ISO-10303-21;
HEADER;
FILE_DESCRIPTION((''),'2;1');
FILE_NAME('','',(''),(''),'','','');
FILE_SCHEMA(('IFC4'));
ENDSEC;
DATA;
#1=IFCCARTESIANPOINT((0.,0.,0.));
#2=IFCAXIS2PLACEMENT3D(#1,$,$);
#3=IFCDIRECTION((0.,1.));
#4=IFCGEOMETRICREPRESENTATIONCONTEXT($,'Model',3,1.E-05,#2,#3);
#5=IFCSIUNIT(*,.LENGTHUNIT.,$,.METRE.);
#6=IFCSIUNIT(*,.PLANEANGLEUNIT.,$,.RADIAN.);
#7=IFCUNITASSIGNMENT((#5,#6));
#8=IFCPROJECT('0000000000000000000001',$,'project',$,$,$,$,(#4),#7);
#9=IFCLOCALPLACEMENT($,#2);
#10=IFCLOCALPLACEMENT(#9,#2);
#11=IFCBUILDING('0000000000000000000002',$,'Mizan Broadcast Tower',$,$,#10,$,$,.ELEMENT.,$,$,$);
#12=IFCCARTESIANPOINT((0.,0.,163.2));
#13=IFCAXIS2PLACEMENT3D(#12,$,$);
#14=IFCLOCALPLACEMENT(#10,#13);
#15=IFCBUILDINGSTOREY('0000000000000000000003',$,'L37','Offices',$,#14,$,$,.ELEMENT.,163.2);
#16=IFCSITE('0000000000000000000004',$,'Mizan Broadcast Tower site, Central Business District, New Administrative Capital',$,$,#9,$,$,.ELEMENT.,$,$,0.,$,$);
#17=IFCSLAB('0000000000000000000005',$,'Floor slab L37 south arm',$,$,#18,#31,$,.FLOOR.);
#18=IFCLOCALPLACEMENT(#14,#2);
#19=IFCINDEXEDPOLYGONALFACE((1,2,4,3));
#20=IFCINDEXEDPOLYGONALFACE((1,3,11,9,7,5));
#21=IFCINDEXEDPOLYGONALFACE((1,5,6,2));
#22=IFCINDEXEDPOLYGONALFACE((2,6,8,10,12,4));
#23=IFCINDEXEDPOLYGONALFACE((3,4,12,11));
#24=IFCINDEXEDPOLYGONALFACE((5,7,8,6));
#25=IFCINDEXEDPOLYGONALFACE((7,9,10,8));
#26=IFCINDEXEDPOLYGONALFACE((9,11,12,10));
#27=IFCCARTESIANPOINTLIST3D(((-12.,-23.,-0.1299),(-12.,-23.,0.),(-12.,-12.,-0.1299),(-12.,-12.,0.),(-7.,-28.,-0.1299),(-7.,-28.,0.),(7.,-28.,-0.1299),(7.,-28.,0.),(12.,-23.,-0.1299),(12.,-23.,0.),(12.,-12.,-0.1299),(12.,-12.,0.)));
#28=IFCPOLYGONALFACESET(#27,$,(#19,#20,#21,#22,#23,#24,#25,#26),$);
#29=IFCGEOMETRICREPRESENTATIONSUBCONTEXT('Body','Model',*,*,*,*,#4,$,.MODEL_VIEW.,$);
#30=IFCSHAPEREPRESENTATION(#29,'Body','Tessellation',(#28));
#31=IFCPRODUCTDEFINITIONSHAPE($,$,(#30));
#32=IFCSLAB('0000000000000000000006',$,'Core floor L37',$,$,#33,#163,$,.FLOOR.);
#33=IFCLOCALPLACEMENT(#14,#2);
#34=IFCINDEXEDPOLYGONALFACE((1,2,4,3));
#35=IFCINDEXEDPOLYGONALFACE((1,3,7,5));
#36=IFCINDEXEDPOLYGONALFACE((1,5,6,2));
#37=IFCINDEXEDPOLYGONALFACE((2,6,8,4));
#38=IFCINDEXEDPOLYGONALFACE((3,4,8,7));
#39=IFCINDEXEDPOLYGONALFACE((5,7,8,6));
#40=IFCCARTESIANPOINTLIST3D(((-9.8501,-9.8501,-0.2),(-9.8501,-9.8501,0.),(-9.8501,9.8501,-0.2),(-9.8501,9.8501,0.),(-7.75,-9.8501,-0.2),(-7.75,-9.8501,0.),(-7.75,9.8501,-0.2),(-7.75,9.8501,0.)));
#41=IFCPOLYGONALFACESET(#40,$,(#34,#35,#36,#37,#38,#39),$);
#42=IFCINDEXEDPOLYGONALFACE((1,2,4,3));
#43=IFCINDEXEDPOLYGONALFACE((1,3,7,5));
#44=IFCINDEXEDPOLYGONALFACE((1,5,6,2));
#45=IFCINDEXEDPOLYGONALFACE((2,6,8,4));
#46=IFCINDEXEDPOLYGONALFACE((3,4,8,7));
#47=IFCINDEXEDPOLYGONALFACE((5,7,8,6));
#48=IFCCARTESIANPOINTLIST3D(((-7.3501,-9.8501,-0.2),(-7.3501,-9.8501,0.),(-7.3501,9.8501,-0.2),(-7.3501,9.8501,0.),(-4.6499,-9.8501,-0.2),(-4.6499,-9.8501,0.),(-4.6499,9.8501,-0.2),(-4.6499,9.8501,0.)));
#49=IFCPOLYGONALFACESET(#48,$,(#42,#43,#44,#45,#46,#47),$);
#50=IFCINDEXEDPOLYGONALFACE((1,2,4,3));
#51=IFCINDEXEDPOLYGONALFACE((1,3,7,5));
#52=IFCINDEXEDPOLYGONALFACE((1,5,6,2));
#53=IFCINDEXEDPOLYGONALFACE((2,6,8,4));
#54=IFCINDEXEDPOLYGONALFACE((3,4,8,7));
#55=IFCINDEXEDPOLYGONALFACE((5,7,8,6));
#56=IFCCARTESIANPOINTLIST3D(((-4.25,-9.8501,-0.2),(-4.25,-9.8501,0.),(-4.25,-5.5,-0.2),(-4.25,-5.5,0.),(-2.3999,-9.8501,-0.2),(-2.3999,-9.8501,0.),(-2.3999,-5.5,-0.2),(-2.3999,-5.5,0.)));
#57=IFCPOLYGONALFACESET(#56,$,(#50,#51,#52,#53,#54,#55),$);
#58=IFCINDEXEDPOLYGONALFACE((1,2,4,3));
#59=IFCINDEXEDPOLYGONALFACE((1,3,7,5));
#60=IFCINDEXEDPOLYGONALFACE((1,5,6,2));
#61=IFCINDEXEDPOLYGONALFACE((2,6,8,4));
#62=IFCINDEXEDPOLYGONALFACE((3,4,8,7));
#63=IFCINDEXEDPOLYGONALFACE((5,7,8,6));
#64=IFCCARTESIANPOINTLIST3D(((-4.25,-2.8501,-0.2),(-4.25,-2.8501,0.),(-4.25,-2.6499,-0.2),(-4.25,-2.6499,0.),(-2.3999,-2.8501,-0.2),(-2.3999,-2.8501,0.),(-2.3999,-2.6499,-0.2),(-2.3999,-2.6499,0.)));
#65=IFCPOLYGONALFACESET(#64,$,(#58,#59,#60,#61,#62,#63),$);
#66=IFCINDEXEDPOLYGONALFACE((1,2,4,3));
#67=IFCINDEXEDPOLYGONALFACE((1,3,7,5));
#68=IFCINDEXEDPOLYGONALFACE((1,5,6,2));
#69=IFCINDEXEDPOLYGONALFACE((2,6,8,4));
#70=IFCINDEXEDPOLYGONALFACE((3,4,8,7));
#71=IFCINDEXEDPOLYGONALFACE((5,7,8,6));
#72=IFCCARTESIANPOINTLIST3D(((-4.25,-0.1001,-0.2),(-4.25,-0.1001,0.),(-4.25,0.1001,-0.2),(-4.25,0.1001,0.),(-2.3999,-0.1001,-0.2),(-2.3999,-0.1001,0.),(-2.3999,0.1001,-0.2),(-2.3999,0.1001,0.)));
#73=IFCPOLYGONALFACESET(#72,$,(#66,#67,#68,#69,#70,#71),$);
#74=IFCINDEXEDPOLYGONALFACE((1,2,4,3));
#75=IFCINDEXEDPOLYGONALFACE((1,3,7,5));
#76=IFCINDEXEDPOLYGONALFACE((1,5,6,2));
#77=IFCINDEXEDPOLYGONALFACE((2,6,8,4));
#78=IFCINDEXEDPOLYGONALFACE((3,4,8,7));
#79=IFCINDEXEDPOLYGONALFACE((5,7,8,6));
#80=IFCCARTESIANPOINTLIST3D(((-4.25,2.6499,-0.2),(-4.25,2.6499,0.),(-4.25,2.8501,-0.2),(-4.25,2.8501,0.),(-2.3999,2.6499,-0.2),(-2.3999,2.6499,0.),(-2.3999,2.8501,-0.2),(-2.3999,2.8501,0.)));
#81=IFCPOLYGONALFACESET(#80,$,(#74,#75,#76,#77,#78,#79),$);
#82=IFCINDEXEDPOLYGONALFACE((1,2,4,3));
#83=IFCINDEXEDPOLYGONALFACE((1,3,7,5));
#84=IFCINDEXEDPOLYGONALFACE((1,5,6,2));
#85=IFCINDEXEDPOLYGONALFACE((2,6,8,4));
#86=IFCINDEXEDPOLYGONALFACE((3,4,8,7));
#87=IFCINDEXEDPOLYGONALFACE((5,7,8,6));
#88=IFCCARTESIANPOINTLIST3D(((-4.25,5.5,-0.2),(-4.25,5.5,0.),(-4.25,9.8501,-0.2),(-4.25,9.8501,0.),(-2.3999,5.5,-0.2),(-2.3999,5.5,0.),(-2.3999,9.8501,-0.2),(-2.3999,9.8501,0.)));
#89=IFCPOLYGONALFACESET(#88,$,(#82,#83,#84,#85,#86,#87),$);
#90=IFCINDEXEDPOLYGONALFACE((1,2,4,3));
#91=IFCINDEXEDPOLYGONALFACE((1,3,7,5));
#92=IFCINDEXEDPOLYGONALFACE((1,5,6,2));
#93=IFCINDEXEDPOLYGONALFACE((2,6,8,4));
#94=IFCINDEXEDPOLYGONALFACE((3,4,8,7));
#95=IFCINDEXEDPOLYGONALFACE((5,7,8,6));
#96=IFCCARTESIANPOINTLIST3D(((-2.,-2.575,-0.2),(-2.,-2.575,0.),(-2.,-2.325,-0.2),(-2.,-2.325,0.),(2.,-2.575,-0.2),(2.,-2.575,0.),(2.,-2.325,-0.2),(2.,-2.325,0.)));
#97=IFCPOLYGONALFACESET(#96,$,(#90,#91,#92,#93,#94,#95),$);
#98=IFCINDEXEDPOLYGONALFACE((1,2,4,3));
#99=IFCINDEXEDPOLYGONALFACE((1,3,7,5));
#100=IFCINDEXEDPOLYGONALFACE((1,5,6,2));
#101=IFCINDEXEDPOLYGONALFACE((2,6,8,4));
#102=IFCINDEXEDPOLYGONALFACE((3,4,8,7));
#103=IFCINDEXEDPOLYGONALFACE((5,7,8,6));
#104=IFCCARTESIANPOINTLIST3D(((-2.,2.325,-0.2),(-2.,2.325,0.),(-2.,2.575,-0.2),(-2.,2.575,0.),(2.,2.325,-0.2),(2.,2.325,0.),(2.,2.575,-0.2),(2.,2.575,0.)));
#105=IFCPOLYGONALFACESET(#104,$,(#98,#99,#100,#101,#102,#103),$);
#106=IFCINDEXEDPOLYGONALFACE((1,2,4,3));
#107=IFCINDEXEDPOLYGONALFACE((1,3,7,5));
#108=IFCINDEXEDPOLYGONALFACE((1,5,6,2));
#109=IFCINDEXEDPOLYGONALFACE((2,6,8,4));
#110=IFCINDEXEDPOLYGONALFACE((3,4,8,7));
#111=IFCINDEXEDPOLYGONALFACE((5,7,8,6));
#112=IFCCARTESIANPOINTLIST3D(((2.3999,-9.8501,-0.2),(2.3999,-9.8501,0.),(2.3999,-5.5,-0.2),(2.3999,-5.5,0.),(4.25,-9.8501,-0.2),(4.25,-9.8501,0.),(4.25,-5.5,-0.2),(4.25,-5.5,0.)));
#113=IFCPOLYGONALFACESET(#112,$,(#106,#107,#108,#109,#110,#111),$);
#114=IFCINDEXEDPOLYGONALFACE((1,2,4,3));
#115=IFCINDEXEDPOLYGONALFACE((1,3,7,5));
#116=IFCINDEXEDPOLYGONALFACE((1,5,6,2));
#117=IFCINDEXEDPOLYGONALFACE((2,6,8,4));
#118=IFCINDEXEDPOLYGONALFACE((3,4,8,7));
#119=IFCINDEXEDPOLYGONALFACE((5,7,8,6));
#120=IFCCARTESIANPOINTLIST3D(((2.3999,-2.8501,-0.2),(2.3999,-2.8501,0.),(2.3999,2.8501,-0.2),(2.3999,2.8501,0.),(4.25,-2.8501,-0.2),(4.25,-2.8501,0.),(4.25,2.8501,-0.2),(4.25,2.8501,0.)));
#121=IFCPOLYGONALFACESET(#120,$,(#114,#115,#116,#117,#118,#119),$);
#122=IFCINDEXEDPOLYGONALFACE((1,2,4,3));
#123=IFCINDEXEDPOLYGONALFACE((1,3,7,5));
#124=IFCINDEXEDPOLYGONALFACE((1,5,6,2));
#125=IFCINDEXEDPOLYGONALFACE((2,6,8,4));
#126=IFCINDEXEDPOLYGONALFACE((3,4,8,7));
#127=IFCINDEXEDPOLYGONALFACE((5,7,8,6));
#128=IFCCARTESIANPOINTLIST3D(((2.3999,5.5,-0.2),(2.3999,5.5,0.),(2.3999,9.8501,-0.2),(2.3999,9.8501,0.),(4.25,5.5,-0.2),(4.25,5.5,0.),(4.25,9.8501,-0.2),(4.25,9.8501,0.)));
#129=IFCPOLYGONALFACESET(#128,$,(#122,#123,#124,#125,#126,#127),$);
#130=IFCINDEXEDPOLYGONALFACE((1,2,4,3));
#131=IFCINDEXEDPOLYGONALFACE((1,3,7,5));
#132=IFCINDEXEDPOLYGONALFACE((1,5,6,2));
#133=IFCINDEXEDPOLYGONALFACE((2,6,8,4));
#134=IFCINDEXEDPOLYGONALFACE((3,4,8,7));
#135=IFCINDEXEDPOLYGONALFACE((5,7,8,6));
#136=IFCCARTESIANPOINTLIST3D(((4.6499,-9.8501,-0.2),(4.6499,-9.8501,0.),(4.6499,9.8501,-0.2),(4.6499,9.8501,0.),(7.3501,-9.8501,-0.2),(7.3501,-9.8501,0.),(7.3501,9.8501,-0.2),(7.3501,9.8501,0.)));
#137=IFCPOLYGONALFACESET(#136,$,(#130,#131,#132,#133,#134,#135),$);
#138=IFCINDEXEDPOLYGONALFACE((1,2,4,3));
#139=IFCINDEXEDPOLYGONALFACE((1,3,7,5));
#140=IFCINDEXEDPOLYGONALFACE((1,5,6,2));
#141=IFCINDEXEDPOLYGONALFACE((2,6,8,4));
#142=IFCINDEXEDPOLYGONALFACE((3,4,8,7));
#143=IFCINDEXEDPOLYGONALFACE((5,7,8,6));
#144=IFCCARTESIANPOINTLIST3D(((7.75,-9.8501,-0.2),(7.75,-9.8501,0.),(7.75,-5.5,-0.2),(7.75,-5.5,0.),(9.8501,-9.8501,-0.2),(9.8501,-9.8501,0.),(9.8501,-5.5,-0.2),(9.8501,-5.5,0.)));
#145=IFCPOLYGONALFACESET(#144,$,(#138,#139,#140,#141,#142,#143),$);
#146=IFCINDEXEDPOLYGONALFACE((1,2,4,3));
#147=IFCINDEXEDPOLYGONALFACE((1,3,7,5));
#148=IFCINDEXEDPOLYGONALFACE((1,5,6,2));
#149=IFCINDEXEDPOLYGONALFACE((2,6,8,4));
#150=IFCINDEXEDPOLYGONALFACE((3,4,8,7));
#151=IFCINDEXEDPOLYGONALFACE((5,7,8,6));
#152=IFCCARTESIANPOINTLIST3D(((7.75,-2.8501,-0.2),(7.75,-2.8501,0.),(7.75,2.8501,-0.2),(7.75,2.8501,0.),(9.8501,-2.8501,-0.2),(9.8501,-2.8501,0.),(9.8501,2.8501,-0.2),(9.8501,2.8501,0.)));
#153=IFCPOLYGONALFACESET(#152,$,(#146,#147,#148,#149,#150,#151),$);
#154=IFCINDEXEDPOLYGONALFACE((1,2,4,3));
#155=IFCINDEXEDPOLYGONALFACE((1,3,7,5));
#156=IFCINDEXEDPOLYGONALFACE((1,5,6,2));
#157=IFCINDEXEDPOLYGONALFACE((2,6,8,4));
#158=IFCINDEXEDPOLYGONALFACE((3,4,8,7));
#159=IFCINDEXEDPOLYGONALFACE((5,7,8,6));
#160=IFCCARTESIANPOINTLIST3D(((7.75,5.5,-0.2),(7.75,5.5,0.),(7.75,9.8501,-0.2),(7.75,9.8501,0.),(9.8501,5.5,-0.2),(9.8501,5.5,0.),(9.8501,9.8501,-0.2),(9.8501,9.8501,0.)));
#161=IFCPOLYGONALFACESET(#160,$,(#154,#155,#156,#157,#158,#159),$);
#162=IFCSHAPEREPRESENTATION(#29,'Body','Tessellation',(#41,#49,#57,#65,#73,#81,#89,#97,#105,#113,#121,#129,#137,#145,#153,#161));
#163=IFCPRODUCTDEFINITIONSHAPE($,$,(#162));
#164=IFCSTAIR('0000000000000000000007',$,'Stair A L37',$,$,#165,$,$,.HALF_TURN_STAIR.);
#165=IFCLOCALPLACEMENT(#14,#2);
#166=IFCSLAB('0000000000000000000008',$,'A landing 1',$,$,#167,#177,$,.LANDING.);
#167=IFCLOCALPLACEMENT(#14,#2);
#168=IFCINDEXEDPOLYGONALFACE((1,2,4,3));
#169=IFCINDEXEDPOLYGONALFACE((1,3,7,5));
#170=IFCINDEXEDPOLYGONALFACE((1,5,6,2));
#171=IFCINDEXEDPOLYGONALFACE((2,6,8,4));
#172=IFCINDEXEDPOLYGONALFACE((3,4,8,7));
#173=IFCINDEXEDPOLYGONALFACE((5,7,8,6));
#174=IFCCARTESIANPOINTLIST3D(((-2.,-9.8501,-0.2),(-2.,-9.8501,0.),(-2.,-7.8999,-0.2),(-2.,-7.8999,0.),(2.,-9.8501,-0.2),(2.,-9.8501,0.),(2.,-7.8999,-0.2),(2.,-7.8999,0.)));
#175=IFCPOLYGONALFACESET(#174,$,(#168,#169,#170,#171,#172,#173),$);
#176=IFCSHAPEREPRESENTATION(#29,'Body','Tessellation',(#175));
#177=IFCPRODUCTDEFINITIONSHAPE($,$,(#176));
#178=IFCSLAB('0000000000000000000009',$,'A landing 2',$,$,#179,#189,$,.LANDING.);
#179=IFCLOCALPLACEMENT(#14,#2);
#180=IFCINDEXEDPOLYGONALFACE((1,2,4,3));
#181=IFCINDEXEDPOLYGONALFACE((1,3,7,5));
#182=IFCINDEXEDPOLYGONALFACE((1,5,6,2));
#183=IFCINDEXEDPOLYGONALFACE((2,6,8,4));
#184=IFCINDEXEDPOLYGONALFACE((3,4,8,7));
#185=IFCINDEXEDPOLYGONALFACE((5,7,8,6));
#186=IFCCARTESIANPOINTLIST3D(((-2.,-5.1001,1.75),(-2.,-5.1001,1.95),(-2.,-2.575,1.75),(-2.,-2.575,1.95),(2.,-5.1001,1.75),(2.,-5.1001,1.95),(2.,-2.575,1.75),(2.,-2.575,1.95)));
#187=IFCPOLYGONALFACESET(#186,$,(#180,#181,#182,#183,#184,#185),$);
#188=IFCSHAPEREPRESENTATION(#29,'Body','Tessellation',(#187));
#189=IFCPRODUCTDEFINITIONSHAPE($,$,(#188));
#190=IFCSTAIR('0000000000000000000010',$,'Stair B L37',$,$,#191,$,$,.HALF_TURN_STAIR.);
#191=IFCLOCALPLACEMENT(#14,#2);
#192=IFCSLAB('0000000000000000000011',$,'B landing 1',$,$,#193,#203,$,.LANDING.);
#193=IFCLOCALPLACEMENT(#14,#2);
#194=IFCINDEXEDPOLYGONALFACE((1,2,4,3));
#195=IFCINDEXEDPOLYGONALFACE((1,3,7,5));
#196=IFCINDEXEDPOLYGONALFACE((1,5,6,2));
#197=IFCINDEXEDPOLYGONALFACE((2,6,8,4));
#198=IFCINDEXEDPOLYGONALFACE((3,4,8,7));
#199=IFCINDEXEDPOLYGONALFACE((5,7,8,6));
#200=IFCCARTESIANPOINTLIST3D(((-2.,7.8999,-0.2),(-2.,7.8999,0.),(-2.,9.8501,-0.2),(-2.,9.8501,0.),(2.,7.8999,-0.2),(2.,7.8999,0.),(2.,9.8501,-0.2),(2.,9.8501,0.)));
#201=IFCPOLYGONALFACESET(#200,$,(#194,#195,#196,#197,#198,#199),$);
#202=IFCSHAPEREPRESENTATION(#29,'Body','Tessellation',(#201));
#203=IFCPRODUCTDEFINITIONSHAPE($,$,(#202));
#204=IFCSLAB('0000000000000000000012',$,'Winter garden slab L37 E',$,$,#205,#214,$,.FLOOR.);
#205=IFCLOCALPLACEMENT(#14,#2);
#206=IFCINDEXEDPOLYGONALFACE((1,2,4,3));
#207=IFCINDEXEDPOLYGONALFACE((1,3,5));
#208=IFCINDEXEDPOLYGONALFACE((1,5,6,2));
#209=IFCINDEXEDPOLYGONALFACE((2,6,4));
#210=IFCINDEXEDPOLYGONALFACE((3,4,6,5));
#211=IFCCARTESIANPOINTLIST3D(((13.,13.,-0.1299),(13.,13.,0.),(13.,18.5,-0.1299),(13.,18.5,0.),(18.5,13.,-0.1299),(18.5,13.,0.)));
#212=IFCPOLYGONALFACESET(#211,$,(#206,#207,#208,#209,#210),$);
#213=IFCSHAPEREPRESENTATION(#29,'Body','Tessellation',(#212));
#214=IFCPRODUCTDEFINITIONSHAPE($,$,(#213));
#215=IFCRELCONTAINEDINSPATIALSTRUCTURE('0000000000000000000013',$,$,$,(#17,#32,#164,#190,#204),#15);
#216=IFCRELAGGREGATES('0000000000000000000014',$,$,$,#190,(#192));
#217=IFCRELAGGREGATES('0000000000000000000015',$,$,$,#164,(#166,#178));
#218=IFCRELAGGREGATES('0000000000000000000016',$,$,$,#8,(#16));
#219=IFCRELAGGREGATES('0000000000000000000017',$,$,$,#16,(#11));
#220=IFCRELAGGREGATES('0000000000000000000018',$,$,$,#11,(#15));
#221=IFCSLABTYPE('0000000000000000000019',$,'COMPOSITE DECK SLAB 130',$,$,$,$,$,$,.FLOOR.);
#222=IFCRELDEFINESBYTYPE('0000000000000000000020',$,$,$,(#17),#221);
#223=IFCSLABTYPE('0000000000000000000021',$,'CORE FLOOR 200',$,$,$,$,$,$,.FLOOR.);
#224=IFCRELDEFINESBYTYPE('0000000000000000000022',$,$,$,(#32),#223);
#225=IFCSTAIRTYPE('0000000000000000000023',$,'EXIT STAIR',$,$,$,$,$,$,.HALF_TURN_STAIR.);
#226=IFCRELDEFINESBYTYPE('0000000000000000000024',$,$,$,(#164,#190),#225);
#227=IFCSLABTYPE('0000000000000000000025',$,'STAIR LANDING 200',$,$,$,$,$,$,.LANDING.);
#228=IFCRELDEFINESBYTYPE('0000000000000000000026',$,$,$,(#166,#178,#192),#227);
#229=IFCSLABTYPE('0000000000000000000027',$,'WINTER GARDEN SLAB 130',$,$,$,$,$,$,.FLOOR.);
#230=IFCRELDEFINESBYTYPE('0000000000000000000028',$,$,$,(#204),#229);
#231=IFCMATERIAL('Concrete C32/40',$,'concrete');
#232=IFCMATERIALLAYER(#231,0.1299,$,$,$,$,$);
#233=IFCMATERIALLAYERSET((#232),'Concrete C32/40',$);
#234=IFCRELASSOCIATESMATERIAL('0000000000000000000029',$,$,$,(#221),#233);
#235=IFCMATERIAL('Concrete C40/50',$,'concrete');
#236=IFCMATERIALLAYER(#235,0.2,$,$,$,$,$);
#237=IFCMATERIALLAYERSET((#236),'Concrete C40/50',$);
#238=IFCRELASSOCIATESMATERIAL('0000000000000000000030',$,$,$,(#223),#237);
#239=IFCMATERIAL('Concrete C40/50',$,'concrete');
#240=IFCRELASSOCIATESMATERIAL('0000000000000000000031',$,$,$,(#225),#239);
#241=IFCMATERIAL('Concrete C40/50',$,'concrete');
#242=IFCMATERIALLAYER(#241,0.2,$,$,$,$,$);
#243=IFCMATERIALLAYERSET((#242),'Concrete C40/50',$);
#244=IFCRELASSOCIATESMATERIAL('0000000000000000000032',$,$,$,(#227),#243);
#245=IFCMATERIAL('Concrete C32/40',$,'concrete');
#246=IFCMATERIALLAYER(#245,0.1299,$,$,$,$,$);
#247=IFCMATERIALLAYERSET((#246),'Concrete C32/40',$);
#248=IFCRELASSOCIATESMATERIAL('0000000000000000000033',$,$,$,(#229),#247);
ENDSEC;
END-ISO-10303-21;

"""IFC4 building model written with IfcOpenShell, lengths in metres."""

from ifc_helpers import new_model, si_unit, direction, frame, origin, place, context, subcontext, project, spatial, polyline, outline, extrude, material, layer, layer_set, type_object, element, aggregate, save


model = new_model("IFC4")

# Units and contexts
model_context = context("Model", 3, precision=1e-05, world=origin(), true_north=direction((0.0, 1.0)))
body_context = subcontext(model_context, "Body", "Model", "MODEL_VIEW")
ifc_project = project(units=[si_unit("LENGTHUNIT", "METRE"), si_unit("PLANEANGLEUNIT", "RADIAN")], contexts=[model_context])

# Site, building, storey
site_placement = place(None, origin())
site = spatial("IfcSite", under=ifc_project, at=site_placement, Name="Mizan Broadcast Tower site, Central Business District, New Administrative Capital", CompositionType="ELEMENT", RefElevation=0.0)
building_placement = place(site_placement, origin())
building = spatial("IfcBuilding", under=site, at=building_placement, Name="Mizan Broadcast Tower", CompositionType="ELEMENT")
storey_placement = place(building_placement, frame((0.0, 0.0, 163.2)))
storey = spatial("IfcBuildingStorey", under=building, at=storey_placement, Name="L37", Description="Offices", CompositionType="ELEMENT", Elevation=163.2)

# Slabs
ifc_material_1 = material(Name="Concrete C32/40", Category="concrete")
ifc_layer_1 = layer(ifc_material_1, 0.1299)
ifc_layer_set_1 = layer_set([ifc_layer_1], Name="Concrete C32/40")
slab_type_1 = type_object("IfcSlabType", Name="COMPOSITE DECK SLAB 130", PredefinedType="FLOOR", material=ifc_layer_set_1)
slab_1_placement = place(storey_placement, frame((0.0, 0.0, -0.1299)))
element("IfcSlab", 1, at=slab_1_placement, inside=storey, type_object=slab_type_1, Name="Floor slab L37 south arm", PredefinedType="FLOOR", context=body_context, shape_type="SweptSolid", body=[
    extrude(outline(polyline([(7.0, -28.0), (12.0, -23.0), (12.0, -12.0), (-12.0, -12.0), (-12.0, -23.0), (-7.0, -28.0), (7.0, -28.0)])), origin(), (0.0, 0.0, 1.0), 0.1299),
])
ifc_material_2 = material(Name="Concrete C40/50", Category="concrete")
ifc_layer_2 = layer(ifc_material_2, 0.2)
ifc_layer_set_2 = layer_set([ifc_layer_2], Name="Concrete C40/50")
slab_type_2 = type_object("IfcSlabType", Name="CORE FLOOR 200", PredefinedType="FLOOR", material=ifc_layer_set_2)
slab_2_placement = place(storey_placement, frame((0.0, 0.0, -0.2)))
element("IfcSlab", 2, at=slab_2_placement, inside=storey, type_object=slab_type_2, Name="Core floor L37", PredefinedType="FLOOR", context=body_context, shape_type="SweptSolid", body=[
    extrude(outline(polyline([(-9.8501, -9.8501), (-7.75, -9.8501), (-7.75, 9.8501), (-9.8501, 9.8501), (-9.8501, -9.8501)])), origin(), (0.0, 0.0, 1.0), 0.2),
    extrude(outline(polyline([(-4.6499, 9.8501), (-7.3501, 9.8501), (-7.3501, -9.8501), (-4.6499, -9.8501), (-4.6499, 9.8501)])), origin(), (0.0, 0.0, 1.0), 0.2),
    extrude(outline(polyline([(-4.25, -5.5), (-4.25, -9.8501), (-2.3999, -9.8501), (-2.3999, -5.5), (-4.25, -5.5)])), origin(), (0.0, 0.0, 1.0), 0.2),
    extrude(outline(polyline([(-4.25, -2.8501), (-2.3999, -2.8501), (-2.3999, -2.6499), (-4.25, -2.6499), (-4.25, -2.8501)])), origin(), (0.0, 0.0, 1.0), 0.2),
    extrude(outline(polyline([(-4.25, -0.1001), (-2.3999, -0.1001), (-2.3999, 0.1001), (-4.25, 0.1001), (-4.25, -0.1001)])), origin(), (0.0, 0.0, 1.0), 0.2),
    extrude(outline(polyline([(-4.25, 2.6499), (-2.3999, 2.6499), (-2.3999, 2.8501), (-4.25, 2.8501), (-4.25, 2.6499)])), origin(), (0.0, 0.0, 1.0), 0.2),
    extrude(outline(polyline([(-4.25, 5.5), (-2.3999, 5.5), (-2.3999, 9.8501), (-4.25, 9.8501), (-4.25, 5.5)])), origin(), (0.0, 0.0, 1.0), 0.2),
    extrude(outline(polyline([(2.0, -2.325), (-2.0, -2.325), (-2.0, -2.575), (2.0, -2.575), (2.0, -2.325)])), origin(), (0.0, 0.0, 1.0), 0.2),
    extrude(outline(polyline([(2.0, 2.575), (-2.0, 2.575), (-2.0, 2.325), (2.0, 2.325), (2.0, 2.575)])), origin(), (0.0, 0.0, 1.0), 0.2),
    extrude(outline(polyline([(4.25, -9.8501), (4.25, -5.5), (2.3999, -5.5), (2.3999, -9.8501), (4.25, -9.8501)])), origin(), (0.0, 0.0, 1.0), 0.2),
    extrude(outline(polyline([(4.25, -2.8501), (4.25, 2.8501), (2.3999, 2.8501), (2.3999, -2.8501), (4.25, -2.8501)])), origin(), (0.0, 0.0, 1.0), 0.2),
    extrude(outline(polyline([(4.25, 5.5), (4.25, 9.8501), (2.3999, 9.8501), (2.3999, 5.5), (4.25, 5.5)])), origin(), (0.0, 0.0, 1.0), 0.2),
    extrude(outline(polyline([(4.6499, 9.8501), (4.6499, -9.8501), (7.3501, -9.8501), (7.3501, 9.8501), (4.6499, 9.8501)])), origin(), (0.0, 0.0, 1.0), 0.2),
    extrude(outline(polyline([(9.8501, -9.8501), (9.8501, -5.5), (7.75, -5.5), (7.75, -9.8501), (9.8501, -9.8501)])), origin(), (0.0, 0.0, 1.0), 0.2),
    extrude(outline(polyline([(7.75, -2.8501), (9.8501, -2.8501), (9.8501, 2.8501), (7.75, 2.8501), (7.75, -2.8501)])), origin(), (0.0, 0.0, 1.0), 0.2),
    extrude(outline(polyline([(9.8501, 5.5), (9.8501, 9.8501), (7.75, 9.8501), (7.75, 5.5), (9.8501, 5.5)])), origin(), (0.0, 0.0, 1.0), 0.2),
])

# Stair, slabs
ifc_material_3 = material(Name="Concrete C40/50", Category="concrete")
stair_type = type_object("IfcStairType", Name="EXIT STAIR", PredefinedType="HALF_TURN_STAIR", material=ifc_material_3)
stair_1_placement = place(storey_placement, origin())
stair_1 = element("IfcStair", 3, at=stair_1_placement, inside=storey, type_object=stair_type, Name="Stair A L37", PredefinedType="HALF_TURN_STAIR")
ifc_material_4 = material(Name="Concrete C40/50", Category="concrete")
ifc_layer_3 = layer(ifc_material_4, 0.2)
ifc_layer_set_3 = layer_set([ifc_layer_3], Name="Concrete C40/50")
slab_type_3 = type_object("IfcSlabType", Name="STAIR LANDING 200", PredefinedType="LANDING", material=ifc_layer_set_3)
slab_3_placement = place(storey_placement, frame((0.0, 0.0, -0.2)))
slab_3 = element("IfcSlab", 4, at=slab_3_placement, type_object=slab_type_3, Name="A landing 1", PredefinedType="LANDING", context=body_context, shape_type="SweptSolid", body=[
    extrude(outline(polyline([(-2.0, -9.8501), (-2.0, -7.8999), (2.0, -7.8999), (2.0, -9.8501), (-2.0, -9.8501)])), origin(), (0.0, 0.0, 1.0), 0.2),
])
slab_4_placement = place(storey_placement, frame((0.0, 0.0, 1.75)))
slab_4 = element("IfcSlab", 5, at=slab_4_placement, type_object=slab_type_3, Name="A landing 2", PredefinedType="LANDING", context=body_context, shape_type="SweptSolid", body=[
    extrude(outline(polyline([(-2.0, -5.1001), (-2.0, -2.575), (2.0, -2.575), (2.0, -5.1001), (-2.0, -5.1001)])), origin(), (0.0, 0.0, 1.0), 0.2),
])

# Stair, slab
stair_2_placement = place(storey_placement, origin())
stair_2 = element("IfcStair", 6, at=stair_2_placement, inside=storey, type_object=stair_type, Name="Stair B L37", PredefinedType="HALF_TURN_STAIR")
slab_5_placement = place(storey_placement, frame((0.0, 0.0, -0.2)))
slab_5 = element("IfcSlab", 7, at=slab_5_placement, type_object=slab_type_3, Name="B landing 1", PredefinedType="LANDING", context=body_context, shape_type="SweptSolid", body=[
    extrude(outline(polyline([(2.0, 9.8501), (2.0, 7.8999), (-2.0, 7.8999), (-2.0, 9.8501), (2.0, 9.8501)])), origin(), (0.0, 0.0, 1.0), 0.2),
])
aggregate(stair_2, [slab_5])

# Slab
ifc_material_5 = material(Name="Concrete C32/40", Category="concrete")
ifc_layer_4 = layer(ifc_material_5, 0.1299)
ifc_layer_set_4 = layer_set([ifc_layer_4], Name="Concrete C32/40")
slab_type_4 = type_object("IfcSlabType", Name="WINTER GARDEN SLAB 130", PredefinedType="FLOOR", material=ifc_layer_set_4)
slab_6_placement = place(storey_placement, frame((0.0, 0.0, -0.1299)))
element("IfcSlab", 8, at=slab_6_placement, inside=storey, type_object=slab_type_4, Name="Winter garden slab L37 E", PredefinedType="FLOOR", context=body_context, shape_type="SweptSolid", body=[
    extrude(outline(polyline([(13.0, 13.0), (18.5, 13.0), (13.0, 18.5), (13.0, 13.0)])), origin(), (0.0, 0.0, 1.0), 0.1299),
])

aggregate(stair_1, [slab_3, slab_4])

save(model, "model.ifc")
